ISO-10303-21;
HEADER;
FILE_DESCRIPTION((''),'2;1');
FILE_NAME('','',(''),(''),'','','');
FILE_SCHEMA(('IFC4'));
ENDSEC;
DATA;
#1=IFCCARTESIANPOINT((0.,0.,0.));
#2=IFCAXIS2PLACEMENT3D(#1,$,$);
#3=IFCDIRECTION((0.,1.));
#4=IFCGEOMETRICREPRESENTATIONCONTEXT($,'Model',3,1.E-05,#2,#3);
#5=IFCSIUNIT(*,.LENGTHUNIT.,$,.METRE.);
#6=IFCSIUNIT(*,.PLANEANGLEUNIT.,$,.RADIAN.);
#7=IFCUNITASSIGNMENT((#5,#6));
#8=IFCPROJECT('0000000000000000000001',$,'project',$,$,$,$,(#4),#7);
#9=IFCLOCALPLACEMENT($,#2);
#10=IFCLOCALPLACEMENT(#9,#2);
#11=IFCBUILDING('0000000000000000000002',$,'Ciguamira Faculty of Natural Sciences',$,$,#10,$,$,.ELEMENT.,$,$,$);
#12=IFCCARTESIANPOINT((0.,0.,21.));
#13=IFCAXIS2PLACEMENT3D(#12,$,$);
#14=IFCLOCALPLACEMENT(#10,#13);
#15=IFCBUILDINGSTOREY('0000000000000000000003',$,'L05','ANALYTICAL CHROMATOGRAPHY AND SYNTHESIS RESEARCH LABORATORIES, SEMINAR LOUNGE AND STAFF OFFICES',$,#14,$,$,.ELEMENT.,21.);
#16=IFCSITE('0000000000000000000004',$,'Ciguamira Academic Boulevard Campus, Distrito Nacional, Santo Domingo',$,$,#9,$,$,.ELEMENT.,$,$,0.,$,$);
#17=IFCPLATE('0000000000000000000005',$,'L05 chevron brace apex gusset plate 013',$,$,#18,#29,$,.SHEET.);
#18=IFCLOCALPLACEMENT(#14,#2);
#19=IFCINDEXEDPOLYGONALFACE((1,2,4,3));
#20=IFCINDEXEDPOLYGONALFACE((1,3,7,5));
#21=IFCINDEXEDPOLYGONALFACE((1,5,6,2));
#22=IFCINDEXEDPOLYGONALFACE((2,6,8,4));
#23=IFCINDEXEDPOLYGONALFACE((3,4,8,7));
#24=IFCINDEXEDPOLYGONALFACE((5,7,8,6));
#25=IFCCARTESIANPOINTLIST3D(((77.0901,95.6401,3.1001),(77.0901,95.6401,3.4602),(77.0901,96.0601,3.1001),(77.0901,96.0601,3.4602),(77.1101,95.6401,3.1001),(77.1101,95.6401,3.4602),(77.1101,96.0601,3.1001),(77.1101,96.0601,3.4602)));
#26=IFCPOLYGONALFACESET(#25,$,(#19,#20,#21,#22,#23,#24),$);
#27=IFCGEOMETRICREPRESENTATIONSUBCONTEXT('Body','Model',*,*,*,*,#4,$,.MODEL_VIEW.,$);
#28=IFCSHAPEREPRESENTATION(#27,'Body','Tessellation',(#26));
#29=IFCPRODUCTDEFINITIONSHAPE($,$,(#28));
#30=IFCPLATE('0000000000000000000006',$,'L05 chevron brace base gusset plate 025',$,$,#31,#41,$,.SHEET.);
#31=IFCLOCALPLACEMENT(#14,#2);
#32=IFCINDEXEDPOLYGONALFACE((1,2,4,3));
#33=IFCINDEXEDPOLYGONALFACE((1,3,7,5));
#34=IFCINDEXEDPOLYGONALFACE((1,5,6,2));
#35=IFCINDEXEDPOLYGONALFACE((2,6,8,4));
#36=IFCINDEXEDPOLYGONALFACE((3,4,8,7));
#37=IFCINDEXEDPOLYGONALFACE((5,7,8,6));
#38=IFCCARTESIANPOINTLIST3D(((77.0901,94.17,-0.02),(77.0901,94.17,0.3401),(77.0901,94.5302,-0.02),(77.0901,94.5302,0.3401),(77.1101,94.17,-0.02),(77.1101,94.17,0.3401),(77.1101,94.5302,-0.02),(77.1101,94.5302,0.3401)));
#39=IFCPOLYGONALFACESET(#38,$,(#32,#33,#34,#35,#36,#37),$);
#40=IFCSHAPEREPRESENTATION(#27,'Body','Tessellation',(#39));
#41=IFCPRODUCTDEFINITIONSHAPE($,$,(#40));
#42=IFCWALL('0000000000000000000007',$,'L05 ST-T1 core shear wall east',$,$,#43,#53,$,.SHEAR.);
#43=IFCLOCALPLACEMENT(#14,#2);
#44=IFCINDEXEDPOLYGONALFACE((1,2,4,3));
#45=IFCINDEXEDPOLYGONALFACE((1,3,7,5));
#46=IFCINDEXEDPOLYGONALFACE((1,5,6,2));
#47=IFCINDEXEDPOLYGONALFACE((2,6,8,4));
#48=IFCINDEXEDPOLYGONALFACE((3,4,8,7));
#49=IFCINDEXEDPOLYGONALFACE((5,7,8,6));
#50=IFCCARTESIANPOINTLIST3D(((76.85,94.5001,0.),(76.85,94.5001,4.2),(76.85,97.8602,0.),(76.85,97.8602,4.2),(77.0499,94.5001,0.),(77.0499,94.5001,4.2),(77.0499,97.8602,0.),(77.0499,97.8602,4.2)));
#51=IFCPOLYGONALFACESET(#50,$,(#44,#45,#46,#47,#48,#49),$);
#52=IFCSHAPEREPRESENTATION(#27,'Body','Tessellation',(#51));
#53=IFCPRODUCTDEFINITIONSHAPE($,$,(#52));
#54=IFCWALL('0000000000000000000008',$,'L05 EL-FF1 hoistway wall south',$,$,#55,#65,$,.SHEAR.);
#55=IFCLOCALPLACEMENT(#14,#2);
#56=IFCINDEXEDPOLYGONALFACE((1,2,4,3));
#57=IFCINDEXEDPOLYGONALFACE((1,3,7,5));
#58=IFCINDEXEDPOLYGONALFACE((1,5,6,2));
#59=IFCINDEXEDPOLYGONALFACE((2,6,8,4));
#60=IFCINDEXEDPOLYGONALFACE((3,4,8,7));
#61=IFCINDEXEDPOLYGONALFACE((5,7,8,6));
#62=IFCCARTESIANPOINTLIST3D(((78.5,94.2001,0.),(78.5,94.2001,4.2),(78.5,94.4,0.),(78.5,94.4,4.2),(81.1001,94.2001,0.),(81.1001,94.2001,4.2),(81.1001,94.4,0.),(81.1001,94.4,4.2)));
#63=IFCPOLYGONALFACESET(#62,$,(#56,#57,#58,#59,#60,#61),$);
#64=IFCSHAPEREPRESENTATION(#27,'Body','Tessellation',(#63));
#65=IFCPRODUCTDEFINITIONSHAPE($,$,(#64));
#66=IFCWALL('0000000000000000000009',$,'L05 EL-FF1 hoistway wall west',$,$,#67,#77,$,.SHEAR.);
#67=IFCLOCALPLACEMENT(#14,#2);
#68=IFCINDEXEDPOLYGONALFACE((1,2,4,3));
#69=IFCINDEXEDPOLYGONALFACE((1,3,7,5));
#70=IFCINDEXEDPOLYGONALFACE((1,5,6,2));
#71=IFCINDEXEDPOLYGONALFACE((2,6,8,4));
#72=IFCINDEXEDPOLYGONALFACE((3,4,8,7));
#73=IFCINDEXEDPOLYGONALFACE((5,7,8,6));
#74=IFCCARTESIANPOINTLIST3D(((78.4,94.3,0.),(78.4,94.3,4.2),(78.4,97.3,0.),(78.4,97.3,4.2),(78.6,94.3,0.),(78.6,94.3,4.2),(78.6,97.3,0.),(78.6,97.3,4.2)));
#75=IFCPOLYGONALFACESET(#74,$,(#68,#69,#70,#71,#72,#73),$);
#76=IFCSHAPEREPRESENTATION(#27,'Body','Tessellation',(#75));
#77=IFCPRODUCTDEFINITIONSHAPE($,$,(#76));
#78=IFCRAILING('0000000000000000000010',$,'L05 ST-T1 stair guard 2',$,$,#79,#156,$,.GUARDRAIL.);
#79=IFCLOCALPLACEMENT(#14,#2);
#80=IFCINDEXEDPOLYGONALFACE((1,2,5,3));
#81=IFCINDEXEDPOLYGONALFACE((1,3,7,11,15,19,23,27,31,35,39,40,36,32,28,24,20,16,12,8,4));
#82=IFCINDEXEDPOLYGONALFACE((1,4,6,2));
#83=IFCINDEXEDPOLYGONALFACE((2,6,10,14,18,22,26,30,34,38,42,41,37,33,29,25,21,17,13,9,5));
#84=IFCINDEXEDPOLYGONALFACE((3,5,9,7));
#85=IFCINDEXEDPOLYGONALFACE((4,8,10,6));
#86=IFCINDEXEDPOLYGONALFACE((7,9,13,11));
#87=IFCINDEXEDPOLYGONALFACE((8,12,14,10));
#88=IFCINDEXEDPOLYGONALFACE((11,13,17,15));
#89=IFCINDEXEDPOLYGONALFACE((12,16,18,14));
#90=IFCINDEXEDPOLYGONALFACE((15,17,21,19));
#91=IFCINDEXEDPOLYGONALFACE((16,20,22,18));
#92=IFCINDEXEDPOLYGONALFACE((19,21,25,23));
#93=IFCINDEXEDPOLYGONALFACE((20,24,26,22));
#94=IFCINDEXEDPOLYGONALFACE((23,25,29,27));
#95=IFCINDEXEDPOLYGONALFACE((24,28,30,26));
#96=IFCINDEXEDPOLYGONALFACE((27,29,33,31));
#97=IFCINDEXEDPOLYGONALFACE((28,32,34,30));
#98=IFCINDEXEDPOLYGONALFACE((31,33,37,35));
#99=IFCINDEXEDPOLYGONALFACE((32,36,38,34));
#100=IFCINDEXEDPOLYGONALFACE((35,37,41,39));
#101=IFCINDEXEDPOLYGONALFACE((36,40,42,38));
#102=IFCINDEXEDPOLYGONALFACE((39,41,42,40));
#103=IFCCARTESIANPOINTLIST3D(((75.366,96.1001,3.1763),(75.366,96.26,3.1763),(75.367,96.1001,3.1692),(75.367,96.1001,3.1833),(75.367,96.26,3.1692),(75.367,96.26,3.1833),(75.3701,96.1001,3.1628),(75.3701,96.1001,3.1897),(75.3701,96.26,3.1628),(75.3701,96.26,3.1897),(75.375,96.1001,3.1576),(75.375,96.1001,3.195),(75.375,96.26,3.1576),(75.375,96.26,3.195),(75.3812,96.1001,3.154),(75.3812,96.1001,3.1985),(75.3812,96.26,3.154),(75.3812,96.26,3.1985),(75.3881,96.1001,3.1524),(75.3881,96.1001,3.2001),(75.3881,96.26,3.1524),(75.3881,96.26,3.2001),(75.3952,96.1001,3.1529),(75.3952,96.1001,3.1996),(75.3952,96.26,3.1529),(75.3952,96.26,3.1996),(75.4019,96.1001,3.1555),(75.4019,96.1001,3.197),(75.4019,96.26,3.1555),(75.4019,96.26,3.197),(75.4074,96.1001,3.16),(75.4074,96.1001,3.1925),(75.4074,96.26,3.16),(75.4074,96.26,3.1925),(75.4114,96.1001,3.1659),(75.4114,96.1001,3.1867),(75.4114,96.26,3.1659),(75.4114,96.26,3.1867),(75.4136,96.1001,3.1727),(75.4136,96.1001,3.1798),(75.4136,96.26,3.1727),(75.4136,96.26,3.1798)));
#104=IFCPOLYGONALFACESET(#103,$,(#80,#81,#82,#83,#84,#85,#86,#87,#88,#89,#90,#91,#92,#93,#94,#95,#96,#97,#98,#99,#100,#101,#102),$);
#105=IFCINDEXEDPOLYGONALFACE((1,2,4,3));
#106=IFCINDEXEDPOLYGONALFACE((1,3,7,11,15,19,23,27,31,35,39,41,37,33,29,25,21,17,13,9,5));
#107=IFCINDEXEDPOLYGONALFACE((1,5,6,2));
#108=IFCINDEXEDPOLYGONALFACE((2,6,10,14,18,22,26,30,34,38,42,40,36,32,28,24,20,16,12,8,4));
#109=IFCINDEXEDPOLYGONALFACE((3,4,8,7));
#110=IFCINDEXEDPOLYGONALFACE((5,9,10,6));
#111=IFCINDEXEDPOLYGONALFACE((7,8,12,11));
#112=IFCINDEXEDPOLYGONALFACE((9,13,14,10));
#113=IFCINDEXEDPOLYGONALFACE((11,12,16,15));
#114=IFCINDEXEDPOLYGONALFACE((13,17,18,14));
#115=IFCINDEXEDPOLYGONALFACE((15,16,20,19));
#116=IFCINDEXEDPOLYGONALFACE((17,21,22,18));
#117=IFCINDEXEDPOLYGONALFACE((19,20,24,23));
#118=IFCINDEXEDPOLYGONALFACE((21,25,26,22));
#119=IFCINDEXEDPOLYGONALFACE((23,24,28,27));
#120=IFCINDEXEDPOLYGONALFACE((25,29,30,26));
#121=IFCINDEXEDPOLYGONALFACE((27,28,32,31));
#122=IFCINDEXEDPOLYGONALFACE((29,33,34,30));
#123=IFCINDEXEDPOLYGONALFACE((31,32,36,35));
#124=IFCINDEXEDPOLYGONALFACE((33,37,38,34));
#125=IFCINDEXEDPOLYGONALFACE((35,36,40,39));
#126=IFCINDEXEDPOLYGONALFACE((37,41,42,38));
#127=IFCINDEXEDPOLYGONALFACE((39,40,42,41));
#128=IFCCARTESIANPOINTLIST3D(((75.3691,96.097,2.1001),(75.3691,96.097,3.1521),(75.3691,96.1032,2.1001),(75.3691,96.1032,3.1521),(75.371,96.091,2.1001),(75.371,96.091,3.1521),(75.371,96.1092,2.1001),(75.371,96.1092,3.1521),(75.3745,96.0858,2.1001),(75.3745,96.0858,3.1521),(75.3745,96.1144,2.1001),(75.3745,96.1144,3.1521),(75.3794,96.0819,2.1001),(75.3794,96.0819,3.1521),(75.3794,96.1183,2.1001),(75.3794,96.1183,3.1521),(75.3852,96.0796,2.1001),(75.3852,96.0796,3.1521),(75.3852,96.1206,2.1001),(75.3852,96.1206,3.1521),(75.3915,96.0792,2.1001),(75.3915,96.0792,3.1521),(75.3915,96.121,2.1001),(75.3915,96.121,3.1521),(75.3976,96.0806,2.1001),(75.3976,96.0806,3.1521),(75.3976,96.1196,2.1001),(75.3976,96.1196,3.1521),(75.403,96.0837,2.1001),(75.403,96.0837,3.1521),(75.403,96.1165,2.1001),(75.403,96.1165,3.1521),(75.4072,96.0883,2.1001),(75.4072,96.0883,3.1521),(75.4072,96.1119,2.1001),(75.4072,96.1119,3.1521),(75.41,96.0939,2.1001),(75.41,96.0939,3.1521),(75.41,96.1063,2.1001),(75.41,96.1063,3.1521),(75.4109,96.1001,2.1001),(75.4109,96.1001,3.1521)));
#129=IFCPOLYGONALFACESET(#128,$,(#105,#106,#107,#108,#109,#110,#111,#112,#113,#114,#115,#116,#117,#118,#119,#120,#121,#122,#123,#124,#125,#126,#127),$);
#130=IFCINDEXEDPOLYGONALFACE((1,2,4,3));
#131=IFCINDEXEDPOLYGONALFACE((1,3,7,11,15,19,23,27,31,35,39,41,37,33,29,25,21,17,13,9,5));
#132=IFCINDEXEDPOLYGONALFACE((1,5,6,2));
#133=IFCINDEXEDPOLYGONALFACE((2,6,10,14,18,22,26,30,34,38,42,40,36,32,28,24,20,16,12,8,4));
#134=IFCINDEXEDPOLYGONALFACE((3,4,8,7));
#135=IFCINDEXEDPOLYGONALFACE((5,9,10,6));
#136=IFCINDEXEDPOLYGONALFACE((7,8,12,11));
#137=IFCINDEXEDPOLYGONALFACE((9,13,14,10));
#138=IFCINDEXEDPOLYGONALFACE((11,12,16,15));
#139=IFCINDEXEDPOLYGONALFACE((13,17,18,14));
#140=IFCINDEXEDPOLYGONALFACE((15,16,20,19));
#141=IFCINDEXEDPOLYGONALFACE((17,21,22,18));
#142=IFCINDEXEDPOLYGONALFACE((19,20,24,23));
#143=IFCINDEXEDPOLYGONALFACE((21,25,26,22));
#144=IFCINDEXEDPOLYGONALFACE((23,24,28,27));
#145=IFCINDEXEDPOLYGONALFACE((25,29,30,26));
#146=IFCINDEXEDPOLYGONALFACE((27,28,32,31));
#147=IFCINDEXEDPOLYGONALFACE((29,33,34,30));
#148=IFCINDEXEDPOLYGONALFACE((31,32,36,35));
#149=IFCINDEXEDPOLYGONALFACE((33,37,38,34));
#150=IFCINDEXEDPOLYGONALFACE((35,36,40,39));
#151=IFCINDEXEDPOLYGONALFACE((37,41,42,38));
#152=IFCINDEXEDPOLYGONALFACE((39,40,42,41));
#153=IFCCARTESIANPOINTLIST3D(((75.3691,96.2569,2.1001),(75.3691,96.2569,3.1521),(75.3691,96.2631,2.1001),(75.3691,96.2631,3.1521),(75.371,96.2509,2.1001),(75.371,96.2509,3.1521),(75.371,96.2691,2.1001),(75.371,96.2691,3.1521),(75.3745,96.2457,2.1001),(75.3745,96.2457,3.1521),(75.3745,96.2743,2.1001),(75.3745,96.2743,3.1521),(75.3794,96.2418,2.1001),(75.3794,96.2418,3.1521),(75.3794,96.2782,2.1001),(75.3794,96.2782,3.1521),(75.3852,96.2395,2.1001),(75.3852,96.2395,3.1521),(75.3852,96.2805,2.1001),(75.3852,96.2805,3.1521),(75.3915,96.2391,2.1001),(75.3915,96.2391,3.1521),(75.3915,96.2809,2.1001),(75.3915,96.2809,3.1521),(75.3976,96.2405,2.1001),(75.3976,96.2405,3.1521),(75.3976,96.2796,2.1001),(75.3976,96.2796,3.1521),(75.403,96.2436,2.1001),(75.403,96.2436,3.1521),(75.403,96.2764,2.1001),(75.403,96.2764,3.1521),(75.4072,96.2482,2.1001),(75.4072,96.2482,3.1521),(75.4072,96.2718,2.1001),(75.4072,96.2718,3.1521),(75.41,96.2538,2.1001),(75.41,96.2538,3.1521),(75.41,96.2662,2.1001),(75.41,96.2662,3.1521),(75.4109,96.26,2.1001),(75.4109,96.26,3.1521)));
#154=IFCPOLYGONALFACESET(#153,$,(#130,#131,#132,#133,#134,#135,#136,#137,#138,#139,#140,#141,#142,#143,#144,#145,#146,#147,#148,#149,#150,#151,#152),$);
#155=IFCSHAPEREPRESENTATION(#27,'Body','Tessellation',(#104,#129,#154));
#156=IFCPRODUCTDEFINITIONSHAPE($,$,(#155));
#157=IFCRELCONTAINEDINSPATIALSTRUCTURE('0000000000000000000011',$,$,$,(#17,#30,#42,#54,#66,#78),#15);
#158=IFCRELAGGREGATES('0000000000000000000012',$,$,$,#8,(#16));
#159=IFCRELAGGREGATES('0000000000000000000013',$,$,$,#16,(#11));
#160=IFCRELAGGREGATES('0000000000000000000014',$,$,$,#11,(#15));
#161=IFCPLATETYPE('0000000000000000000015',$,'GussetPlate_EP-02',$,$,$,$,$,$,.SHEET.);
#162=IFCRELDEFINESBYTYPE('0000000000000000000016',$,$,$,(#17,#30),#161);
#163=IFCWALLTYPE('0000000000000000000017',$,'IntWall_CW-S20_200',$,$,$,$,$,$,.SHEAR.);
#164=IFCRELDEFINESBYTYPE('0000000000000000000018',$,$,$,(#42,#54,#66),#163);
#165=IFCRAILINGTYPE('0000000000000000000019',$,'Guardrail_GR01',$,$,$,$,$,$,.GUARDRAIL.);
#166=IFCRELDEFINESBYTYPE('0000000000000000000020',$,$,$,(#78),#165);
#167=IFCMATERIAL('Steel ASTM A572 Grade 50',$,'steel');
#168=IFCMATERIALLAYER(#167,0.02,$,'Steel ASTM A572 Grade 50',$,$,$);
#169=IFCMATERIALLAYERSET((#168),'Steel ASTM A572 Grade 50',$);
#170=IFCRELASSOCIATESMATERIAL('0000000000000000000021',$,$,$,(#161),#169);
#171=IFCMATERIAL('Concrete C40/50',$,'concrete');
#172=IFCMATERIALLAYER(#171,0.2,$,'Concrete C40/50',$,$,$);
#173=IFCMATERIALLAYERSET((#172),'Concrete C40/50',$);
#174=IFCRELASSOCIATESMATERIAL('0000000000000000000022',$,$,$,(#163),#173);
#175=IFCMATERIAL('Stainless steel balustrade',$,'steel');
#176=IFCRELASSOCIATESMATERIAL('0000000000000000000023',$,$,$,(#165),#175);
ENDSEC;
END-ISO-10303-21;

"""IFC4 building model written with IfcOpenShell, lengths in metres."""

from ifc_helpers import new_model, si_unit, direction, frame, frame_2d, origin, origin_2d, place, context, subcontext, project, spatial, rectangle, circle, extrude, material, layer, layer_set, type_object, element, save


model = new_model("IFC4")

# Units and contexts
model_context = context("Model", 3, precision=1e-05, world=origin(), true_north=direction((0.0, 1.0)))
body_context = subcontext(model_context, "Body", "Model", "MODEL_VIEW")
ifc_project = project(units=[si_unit("LENGTHUNIT", "METRE"), si_unit("PLANEANGLEUNIT", "RADIAN")], contexts=[model_context])

# Site, building, storey
site_placement = place(None, origin())
site = spatial("IfcSite", under=ifc_project, at=site_placement, Name="Ciguamira Academic Boulevard Campus, Distrito Nacional, Santo Domingo", CompositionType="ELEMENT", RefElevation=0.0)
building_placement = place(site_placement, origin())
building = spatial("IfcBuilding", under=site, at=building_placement, Name="Ciguamira Faculty of Natural Sciences", CompositionType="ELEMENT")
storey_placement = place(building_placement, frame((0.0, 0.0, 21.0)))
storey = spatial("IfcBuildingStorey", under=building, at=storey_placement, Name="L05", Description="ANALYTICAL CHROMATOGRAPHY AND SYNTHESIS RESEARCH LABORATORIES, SEMINAR LOUNGE AND STAFF OFFICES", CompositionType="ELEMENT", Elevation=21.0)

# Shared definitions
ifc_material_1 = material(Name="Concrete C40/50", Category="concrete")

# Plates
ifc_material_2 = material(Name="Steel ASTM A572 Grade 50", Category="steel")
ifc_layer_1 = layer(ifc_material_2, 0.02, Name="Steel ASTM A572 Grade 50")
ifc_layer_set_1 = layer_set([ifc_layer_1], Name="Steel ASTM A572 Grade 50")
plate_type_1 = type_object("IfcPlateType", Name="GussetPlate_EP-02", PredefinedType="SHEET", material=ifc_layer_set_1)
plate_1_placement = place(storey_placement, frame((77.1001, 95.8501, 3.1001), z_axis=(0.0, 0.0, 1.0), x_axis=(1.0, 0.0, 0.0)))
element("IfcPlate", 1, at=plate_1_placement, inside=storey, type_object=plate_type_1, Name="L05 chevron brace apex gusset plate 013", PredefinedType="SHEET", context=body_context, shape_type="SweptSolid", body=[
    extrude(rectangle(XDim=0.02, YDim=0.4199, at=origin_2d()), origin(), (0.0, 0.0, 1.0), 0.3601),
])
plate_2_placement = place(storey_placement, frame((77.1001, 94.3501, -0.02), z_axis=(0.0, 0.0, 1.0), x_axis=(1.0, 0.0, 0.0)))
element("IfcPlate", 2, at=plate_2_placement, inside=storey, type_object=plate_type_1, Name="L05 chevron brace base gusset plate 025", PredefinedType="SHEET", context=body_context, shape_type="SweptSolid", body=[
    extrude(rectangle(XDim=0.02, YDim=0.3601, at=origin_2d()), origin(), (0.0, 0.0, 1.0), 0.3601),
])

# Walls
ifc_layer_2 = layer(ifc_material_1, 0.2, Name="Concrete C40/50")
ifc_layer_set_2 = layer_set([ifc_layer_2], Name="Concrete C40/50")
wall_type = type_object("IfcWallType", Name="IntWall_CW-S20_200", PredefinedType="SHEAR", material=ifc_layer_set_2)
wall_1_placement = place(storey_placement, frame((76.95, 94.5, 0.0), z_axis=(0.0, 0.0, 1.0), x_axis=(0.0, 1.0, 0.0)))
element("IfcWall", 3, at=wall_1_placement, inside=storey, type_object=wall_type, Name="L05 ST-T1 core shear wall east", PredefinedType="SHEAR", context=body_context, shape_type="SweptSolid", body=[
    extrude(rectangle(XDim=3.3601, YDim=0.2, at=frame_2d((1.6802, 0.0))), origin(), (0.0, 0.0, 1.0), 4.2),
])
wall_2_placement = place(storey_placement, frame((78.5, 94.3, 0.0), z_axis=(0.0, 0.0, 1.0), x_axis=(1.0, 0.0, 0.0)))
element("IfcWall", 4, at=wall_2_placement, inside=storey, type_object=wall_type, Name="L05 EL-FF1 hoistway wall south", PredefinedType="SHEAR", context=body_context, shape_type="SweptSolid", body=[
    extrude(rectangle(XDim=2.6001, YDim=0.2, at=frame_2d((1.3, 0.0))), origin(), (0.0, 0.0, 1.0), 4.2),
])
wall_3_placement = place(storey_placement, frame((78.5, 94.3, 0.0), z_axis=(0.0, 0.0, 1.0), x_axis=(0.0, 1.0, 0.0)))
element("IfcWall", 5, at=wall_3_placement, inside=storey, type_object=wall_type, Name="L05 EL-FF1 hoistway wall west", PredefinedType="SHEAR", context=body_context, shape_type="SweptSolid", body=[
    extrude(rectangle(XDim=3.0, YDim=0.2, at=frame_2d((1.5, 0.0))), origin(), (0.0, 0.0, 1.0), 4.2),
])

# Railing
ifc_material_3 = material(Name="Stainless steel balustrade", Category="steel")
railing_type = type_object("IfcRailingType", Name="Guardrail_GR01", PredefinedType="GUARDRAIL", material=ifc_material_3)
railing_1_placement = place(storey_placement, frame((75.3899, 96.1001, 2.1001)))
element("IfcRailing", 6, at=railing_1_placement, inside=storey, type_object=railing_type, Name="L05 ST-T1 stair guard 2", PredefinedType="GUARDRAIL", context=body_context, shape_type="SweptSolid", body=[
    extrude(circle(Radius=0.0239, at=origin_2d()), frame((0.0, 0.0, 1.0762), z_axis=(0.0, 1.0, 0.0), x_axis=(-1.0, 0.0, 0.0)), (0.0, 0.0, 1.0), 0.1599),
    extrude(circle(Radius=0.021, at=origin_2d()), origin(), (0.0, 0.0, 1.0), 1.052),
    extrude(circle(Radius=0.021, at=origin_2d()), frame((0.0, 0.1599, 0.0)), (0.0, 0.0, 1.0), 1.052),
])

save(model, "model.ifc")
